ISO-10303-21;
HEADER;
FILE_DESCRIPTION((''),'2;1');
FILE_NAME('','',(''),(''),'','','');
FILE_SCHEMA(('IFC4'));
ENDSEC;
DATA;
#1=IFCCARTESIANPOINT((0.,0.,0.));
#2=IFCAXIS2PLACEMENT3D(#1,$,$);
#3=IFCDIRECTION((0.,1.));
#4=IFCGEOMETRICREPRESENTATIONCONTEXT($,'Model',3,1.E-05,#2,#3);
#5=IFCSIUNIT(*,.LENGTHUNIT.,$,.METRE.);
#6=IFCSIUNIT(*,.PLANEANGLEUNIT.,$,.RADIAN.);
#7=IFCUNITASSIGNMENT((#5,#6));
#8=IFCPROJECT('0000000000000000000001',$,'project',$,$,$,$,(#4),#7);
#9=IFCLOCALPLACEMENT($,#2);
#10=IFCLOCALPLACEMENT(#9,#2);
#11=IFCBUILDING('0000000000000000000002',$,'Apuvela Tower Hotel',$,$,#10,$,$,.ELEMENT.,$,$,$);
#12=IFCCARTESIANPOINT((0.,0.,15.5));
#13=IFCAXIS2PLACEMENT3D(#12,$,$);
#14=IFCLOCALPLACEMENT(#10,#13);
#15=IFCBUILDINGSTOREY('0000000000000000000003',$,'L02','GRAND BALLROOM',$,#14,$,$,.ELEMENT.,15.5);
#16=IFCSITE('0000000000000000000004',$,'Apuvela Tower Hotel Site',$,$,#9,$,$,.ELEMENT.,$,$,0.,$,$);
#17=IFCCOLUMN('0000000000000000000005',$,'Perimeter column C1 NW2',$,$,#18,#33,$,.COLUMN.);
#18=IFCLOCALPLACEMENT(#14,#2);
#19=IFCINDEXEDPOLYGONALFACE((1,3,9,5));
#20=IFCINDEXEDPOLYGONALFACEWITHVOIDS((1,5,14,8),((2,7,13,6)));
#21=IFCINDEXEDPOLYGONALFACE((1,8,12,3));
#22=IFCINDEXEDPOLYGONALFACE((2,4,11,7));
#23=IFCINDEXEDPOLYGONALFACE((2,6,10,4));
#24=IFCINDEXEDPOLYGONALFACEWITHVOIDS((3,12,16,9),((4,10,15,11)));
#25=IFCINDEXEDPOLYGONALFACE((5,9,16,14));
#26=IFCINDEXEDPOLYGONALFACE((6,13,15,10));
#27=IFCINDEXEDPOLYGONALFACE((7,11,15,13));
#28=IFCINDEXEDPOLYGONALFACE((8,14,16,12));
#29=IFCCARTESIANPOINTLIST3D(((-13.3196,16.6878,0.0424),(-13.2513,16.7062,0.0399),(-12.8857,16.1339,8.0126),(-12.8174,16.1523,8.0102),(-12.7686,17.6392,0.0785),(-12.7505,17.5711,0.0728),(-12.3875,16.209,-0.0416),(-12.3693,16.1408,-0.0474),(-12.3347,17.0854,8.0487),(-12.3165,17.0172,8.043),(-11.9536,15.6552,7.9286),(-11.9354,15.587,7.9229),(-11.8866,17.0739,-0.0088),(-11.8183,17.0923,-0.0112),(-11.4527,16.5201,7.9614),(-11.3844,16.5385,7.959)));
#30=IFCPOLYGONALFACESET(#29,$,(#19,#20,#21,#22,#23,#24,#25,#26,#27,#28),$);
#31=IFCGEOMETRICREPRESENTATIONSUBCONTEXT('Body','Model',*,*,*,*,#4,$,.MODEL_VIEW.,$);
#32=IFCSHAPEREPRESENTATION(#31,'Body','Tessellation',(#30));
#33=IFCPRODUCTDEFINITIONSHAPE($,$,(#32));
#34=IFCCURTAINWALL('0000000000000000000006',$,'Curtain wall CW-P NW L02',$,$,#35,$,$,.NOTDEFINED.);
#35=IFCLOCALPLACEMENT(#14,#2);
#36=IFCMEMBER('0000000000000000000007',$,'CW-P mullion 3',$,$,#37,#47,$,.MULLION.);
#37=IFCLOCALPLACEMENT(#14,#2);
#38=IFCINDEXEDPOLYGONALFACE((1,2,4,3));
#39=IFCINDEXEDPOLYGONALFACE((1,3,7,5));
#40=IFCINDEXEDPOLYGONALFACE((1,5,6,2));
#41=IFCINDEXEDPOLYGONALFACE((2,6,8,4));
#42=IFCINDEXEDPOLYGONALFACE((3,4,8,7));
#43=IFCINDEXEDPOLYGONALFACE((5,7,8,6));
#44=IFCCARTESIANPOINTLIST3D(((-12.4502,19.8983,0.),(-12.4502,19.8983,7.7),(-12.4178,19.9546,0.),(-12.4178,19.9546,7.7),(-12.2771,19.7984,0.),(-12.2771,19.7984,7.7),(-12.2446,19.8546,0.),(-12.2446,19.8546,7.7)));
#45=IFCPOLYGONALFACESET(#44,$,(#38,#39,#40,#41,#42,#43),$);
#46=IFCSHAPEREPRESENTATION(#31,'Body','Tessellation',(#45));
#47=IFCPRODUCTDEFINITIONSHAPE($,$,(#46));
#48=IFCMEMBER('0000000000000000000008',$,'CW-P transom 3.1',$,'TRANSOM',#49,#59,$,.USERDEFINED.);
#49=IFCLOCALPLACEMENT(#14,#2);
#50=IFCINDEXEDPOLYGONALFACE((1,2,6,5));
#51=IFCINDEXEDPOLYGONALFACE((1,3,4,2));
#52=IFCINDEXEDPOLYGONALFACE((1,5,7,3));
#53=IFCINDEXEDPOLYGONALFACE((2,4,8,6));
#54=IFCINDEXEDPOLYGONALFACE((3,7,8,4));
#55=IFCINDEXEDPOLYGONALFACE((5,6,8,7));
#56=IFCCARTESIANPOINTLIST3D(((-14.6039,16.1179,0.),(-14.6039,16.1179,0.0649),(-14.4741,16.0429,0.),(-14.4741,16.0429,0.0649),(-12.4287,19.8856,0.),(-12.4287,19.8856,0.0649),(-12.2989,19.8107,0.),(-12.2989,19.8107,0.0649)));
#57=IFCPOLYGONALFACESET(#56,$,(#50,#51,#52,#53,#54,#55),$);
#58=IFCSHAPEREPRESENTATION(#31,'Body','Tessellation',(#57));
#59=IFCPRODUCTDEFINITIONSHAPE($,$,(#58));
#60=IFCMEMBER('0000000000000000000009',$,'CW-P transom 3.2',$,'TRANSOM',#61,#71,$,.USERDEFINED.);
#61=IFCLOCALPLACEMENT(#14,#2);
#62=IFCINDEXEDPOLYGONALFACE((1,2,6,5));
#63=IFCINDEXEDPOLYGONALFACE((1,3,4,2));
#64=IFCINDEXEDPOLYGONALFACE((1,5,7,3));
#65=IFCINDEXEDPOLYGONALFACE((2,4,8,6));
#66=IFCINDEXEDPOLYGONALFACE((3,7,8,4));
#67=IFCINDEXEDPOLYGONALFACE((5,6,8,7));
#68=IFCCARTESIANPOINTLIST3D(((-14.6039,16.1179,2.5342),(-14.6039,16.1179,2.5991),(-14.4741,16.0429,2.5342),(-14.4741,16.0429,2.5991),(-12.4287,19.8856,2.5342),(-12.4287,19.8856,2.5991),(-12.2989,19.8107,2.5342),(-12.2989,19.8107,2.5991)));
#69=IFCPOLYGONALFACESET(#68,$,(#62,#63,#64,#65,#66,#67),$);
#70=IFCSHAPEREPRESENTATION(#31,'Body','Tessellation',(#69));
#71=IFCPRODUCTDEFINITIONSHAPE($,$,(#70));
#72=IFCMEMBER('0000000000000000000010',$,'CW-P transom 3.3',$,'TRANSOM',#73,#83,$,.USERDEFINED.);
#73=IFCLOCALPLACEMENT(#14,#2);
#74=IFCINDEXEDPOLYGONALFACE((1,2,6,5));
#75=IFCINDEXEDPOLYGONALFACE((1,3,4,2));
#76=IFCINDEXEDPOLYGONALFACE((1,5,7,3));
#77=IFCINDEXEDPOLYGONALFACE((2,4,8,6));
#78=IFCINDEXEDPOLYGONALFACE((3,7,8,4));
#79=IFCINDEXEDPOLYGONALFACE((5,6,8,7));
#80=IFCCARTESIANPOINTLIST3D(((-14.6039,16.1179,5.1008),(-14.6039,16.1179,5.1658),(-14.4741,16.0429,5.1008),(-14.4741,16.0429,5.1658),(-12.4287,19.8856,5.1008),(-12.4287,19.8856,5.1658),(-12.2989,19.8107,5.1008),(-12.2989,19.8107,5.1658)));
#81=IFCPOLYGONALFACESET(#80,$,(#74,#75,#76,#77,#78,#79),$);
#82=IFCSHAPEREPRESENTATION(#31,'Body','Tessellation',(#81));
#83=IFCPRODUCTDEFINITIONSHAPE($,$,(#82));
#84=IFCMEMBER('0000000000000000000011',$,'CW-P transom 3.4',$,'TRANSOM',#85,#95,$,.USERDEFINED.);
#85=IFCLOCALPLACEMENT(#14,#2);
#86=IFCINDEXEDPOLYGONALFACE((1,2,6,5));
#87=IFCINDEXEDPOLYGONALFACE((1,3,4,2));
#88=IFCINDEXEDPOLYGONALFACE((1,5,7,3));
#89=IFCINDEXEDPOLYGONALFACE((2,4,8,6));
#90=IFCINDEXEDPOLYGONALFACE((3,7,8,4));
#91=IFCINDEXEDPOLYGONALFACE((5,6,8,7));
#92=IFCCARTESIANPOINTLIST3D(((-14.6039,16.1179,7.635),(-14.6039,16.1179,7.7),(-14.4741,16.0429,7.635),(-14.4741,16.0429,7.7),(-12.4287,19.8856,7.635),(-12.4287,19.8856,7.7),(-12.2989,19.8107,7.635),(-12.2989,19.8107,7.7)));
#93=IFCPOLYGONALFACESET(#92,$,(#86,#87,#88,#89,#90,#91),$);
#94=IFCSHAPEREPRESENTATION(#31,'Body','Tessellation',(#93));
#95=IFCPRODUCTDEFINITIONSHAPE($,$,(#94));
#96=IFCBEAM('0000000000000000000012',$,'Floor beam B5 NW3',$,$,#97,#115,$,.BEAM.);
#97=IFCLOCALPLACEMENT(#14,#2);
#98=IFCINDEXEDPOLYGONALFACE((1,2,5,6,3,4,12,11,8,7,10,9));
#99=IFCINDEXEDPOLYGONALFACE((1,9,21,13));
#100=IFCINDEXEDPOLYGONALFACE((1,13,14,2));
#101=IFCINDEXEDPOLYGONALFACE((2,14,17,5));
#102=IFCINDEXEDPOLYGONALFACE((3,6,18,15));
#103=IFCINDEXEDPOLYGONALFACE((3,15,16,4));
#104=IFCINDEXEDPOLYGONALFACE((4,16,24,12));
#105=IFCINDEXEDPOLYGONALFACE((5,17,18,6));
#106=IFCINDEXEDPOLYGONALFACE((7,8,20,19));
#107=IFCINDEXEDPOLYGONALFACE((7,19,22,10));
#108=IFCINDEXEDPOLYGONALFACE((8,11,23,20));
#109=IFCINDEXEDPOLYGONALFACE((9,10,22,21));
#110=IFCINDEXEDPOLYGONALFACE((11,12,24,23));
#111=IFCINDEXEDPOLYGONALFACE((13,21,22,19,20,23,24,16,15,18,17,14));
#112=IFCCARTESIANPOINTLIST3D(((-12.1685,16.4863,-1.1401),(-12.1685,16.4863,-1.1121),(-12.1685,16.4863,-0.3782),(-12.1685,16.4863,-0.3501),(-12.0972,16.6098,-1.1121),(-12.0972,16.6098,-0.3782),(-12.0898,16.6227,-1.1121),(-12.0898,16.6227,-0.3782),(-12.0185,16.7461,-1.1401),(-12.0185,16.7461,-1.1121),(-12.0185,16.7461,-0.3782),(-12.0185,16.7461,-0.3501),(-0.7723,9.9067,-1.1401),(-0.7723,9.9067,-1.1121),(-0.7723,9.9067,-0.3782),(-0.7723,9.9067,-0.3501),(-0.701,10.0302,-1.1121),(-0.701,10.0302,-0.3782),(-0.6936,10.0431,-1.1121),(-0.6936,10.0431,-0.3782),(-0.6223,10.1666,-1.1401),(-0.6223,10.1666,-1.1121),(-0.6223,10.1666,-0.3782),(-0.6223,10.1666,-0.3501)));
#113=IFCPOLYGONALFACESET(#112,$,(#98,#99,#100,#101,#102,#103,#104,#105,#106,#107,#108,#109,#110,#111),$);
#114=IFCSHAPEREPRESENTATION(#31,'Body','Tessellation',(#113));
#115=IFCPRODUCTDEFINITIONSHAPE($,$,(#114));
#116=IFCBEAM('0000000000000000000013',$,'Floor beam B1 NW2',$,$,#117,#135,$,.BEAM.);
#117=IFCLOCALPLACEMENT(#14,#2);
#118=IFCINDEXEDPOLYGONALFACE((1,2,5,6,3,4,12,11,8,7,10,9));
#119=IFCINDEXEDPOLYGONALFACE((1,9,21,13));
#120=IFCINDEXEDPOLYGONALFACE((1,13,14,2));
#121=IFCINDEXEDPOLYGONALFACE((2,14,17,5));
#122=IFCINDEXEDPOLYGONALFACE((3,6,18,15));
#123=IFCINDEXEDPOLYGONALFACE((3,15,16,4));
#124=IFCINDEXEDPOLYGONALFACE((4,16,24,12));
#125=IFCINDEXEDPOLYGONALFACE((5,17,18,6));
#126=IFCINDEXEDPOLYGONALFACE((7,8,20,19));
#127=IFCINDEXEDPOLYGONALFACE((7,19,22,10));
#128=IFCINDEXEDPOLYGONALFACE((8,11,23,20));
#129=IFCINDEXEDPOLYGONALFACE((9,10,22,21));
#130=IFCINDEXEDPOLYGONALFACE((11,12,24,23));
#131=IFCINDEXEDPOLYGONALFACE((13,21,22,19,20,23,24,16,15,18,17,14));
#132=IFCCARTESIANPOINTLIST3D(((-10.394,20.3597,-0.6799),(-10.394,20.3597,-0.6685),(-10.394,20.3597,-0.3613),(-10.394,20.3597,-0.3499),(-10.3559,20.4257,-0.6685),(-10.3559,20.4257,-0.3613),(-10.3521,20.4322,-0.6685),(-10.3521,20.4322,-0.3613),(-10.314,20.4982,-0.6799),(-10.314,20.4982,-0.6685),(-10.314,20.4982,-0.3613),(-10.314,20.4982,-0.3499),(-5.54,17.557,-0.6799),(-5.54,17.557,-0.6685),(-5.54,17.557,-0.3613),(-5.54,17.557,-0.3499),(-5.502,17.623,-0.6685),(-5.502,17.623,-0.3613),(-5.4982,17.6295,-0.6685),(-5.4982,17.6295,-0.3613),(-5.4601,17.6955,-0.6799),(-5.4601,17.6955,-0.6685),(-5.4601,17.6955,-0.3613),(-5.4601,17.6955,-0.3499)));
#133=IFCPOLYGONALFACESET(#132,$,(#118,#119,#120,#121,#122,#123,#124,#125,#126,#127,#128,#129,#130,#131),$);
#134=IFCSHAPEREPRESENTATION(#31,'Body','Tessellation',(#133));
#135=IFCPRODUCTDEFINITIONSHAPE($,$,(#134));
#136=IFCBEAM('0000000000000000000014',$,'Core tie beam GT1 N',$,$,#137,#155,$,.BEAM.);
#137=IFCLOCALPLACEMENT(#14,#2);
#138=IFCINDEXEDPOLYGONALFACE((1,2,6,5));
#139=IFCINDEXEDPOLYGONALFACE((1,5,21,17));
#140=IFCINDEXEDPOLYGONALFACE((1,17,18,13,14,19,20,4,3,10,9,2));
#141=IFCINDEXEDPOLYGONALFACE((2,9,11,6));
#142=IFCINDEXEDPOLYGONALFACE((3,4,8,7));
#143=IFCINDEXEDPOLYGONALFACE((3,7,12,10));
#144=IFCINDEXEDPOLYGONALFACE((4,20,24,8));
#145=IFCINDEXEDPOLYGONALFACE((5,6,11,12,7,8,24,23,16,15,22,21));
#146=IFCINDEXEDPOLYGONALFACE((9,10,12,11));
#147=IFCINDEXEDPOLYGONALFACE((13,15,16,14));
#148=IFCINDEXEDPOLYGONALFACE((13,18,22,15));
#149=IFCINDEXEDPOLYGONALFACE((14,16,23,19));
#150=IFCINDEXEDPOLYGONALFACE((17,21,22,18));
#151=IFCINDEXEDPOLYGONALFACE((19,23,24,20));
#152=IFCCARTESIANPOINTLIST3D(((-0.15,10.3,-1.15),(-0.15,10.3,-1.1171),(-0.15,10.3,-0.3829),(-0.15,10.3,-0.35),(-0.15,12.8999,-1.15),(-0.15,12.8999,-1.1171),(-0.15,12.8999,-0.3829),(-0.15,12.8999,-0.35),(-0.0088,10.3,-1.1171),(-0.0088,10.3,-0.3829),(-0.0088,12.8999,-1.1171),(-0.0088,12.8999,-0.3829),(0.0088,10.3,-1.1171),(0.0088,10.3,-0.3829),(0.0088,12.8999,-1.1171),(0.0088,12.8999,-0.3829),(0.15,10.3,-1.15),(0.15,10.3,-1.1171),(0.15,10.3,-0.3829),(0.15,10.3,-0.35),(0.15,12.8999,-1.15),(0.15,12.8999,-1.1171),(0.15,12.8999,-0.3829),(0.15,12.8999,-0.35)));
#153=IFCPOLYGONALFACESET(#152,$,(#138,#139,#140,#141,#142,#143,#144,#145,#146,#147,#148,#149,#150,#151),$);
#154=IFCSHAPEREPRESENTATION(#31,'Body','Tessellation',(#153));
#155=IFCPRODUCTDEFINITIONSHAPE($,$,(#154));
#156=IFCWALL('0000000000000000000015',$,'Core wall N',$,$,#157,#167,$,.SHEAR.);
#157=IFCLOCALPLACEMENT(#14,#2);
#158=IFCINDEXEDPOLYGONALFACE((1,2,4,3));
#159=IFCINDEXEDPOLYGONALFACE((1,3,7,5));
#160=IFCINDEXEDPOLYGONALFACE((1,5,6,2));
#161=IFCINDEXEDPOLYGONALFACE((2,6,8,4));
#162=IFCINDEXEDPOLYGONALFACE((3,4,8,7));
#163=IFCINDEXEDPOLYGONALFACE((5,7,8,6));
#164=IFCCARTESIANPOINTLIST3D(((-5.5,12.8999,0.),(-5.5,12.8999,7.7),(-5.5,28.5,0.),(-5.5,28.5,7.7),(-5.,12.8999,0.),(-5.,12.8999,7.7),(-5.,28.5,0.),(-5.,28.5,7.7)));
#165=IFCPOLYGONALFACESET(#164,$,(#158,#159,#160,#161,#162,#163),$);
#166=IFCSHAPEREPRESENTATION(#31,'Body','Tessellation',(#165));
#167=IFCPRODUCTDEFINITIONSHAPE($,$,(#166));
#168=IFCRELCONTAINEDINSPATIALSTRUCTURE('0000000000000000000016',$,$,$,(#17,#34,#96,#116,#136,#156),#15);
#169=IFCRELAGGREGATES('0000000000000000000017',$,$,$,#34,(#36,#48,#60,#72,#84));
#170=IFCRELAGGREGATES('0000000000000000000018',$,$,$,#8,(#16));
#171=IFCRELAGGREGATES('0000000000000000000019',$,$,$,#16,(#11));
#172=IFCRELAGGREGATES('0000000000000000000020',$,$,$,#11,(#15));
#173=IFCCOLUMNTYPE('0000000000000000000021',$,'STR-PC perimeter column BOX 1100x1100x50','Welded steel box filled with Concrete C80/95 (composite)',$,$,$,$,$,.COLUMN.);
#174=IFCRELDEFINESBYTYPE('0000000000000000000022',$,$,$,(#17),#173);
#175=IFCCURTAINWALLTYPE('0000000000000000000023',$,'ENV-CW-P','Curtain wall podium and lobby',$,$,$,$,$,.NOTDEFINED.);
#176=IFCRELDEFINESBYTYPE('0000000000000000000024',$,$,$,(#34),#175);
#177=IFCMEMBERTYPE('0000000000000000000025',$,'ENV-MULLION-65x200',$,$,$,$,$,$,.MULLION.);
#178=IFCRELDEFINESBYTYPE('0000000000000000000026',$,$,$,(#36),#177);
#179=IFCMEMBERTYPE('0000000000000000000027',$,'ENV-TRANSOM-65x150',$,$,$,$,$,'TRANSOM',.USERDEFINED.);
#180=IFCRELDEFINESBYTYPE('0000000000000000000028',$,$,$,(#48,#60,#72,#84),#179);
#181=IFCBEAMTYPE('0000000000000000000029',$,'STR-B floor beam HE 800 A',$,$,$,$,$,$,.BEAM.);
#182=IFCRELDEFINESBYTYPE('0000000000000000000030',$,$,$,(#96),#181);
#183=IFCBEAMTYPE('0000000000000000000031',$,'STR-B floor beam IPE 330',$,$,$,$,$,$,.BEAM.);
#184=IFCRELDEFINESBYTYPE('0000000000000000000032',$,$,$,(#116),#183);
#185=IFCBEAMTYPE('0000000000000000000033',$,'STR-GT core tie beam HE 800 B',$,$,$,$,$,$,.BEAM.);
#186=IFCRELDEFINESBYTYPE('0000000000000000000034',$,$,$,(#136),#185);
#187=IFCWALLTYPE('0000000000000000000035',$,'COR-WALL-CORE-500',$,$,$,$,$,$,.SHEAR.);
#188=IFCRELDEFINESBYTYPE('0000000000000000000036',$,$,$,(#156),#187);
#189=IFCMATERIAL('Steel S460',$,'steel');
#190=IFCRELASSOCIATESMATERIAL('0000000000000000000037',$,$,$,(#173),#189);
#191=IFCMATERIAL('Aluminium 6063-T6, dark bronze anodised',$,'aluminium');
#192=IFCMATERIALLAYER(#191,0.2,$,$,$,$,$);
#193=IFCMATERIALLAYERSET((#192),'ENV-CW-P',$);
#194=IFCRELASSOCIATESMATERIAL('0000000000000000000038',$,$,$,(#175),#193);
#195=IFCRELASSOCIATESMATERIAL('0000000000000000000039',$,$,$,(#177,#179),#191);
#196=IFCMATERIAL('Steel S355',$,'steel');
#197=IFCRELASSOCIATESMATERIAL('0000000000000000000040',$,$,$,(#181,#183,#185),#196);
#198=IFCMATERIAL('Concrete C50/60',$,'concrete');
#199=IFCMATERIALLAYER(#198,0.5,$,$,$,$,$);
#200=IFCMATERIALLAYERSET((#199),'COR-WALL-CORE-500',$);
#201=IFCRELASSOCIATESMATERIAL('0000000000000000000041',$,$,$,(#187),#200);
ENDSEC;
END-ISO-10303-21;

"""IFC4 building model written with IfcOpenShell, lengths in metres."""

from ifc_helpers import new_model, si_unit, direction, frame, frame_2d, origin, origin_2d, place, context, subcontext, project, spatial, rectangle, hollow_rectangle, i_section, extrude, boolean, halfspace, material, layer, layer_set, material_profile, profile_set, type_object, element, aggregate, save


model = new_model("IFC4")

# Units and contexts
model_context = context("Model", 3, precision=1e-05, world=origin(), true_north=direction((0.0, 1.0)))
body_context = subcontext(model_context, "Body", "Model", "MODEL_VIEW")
ifc_project = project(units=[si_unit("LENGTHUNIT", "METRE"), si_unit("PLANEANGLEUNIT", "RADIAN")], contexts=[model_context])

# Site, building, storey
site_placement = place(None, origin())
site = spatial("IfcSite", under=ifc_project, at=site_placement, Name="Apuvela Tower Hotel Site", CompositionType="ELEMENT", RefElevation=0.0)
building_placement = place(site_placement, origin())
building = spatial("IfcBuilding", under=site, at=building_placement, Name="Apuvela Tower Hotel", CompositionType="ELEMENT")
storey_placement = place(building_placement, frame((0.0, 0.0, 15.5)))
storey = spatial("IfcBuildingStorey", under=building, at=storey_placement, Name="L02", Description="GRAND BALLROOM", CompositionType="ELEMENT", Elevation=15.5)

# Column
ifc_material_1 = material(Name="Steel S460", Category="steel")
ifc_material_profile_1 = material_profile(ifc_material_1, hollow_rectangle(XDim=1.1001, YDim=1.1001, WallThickness=0.05, at=origin_2d()), Name="BOX 1100x1100x50")
ifc_material_2 = material(Name="Concrete C80/95", Category="concrete")
ifc_material_profile_2 = material_profile(ifc_material_2, rectangle(XDim=1.0, YDim=1.0, at=origin_2d()), Name="Concrete C80/95 infill")
ifc_profile_set_1 = profile_set([ifc_material_profile_1, ifc_material_profile_2], Name="Steel S460")
column_type = type_object("IfcColumnType", Name="STR-PC perimeter column BOX 1100x1100x50", Description="Welded steel box filled with Concrete C80/95 (composite)", PredefinedType="COLUMN", material=ifc_profile_set_1)
column_placement = place(storey_placement, frame((-12.5698, 16.8911, 0.0), z_axis=(0.054232, -0.069219, 0.996126), x_axis=(0.500873, 0.864898, 0.032831)))
element("IfcColumn", 1, at=column_placement, inside=storey, type_object=column_type, Name="Perimeter column C1 NW2", PredefinedType="COLUMN", context=body_context, shape_type="SweptSolid", body=[
    boolean("DIFFERENCE", boolean("DIFFERENCE", extrude(hollow_rectangle(XDim=1.1001, YDim=1.1001, WallThickness=0.05, at=origin_2d()), origin(), (0.0, 0.0, 1.0), 8.031), halfspace(frame((0.0, 0.0, 0.0156), z_axis=(0.0, 0.0, 1.0), x_axis=(1.0, 0.0, 0.0)), True)), halfspace(frame((0.0, 0.0, 8.0168), z_axis=(0.0, 0.0, 1.0), x_axis=(1.0, 0.0, 0.0)), False)),
])

# Curtain wall, members
ifc_material_3 = material(Name="Aluminium 6063-T6, dark bronze anodised", Category="aluminium")
ifc_layer_1 = layer(ifc_material_3, 0.2)
ifc_layer_set_1 = layer_set([ifc_layer_1], Name="ENV-CW-P")
curtain_wall_type = type_object("IfcCurtainWallType", Name="ENV-CW-P", Description="Curtain wall podium and lobby", PredefinedType="NOTDEFINED", material=ifc_layer_set_1)
curtain_wall_placement = place(storey_placement, origin())
curtain_wall = element("IfcCurtainWall", 2, at=curtain_wall_placement, inside=storey, type_object=curtain_wall_type, Name="Curtain wall CW-P NW L02", PredefinedType="NOTDEFINED")
ifc_material_profile_3 = material_profile(ifc_material_3, rectangle(XDim=0.2, YDim=0.0649, at=origin_2d()), Name="AL 65x200")
ifc_profile_set_2 = profile_set([ifc_material_profile_3], Name="Aluminium 6063-T6, dark bronze anodised")
member_type_1 = type_object("IfcMemberType", Name="ENV-MULLION-65x200", PredefinedType="MULLION", material=ifc_profile_set_2)
member_1_placement = place(storey_placement, frame((-12.3474, 19.8765, 0.0), z_axis=(0.0, 0.0, 1.0), x_axis=(0.866025, -0.500001, 0.0)))
member_1 = element("IfcMember", 3, at=member_1_placement, type_object=member_type_1, Name="CW-P mullion 3", PredefinedType="MULLION", context=body_context, shape_type="SweptSolid", body=[
    extrude(rectangle(XDim=0.2, YDim=0.0649, at=origin_2d()), origin(), (0.0, 0.0, 1.0), 7.7),
])
ifc_material_profile_4 = material_profile(ifc_material_3, rectangle(XDim=0.1499, YDim=0.0649, at=origin_2d()), Name="AL 65x150 transom")
ifc_profile_set_3 = profile_set([ifc_material_profile_4], Name="Aluminium 6063-T6, dark bronze anodised")
member_type_2 = type_object("IfcMemberType", Name="ENV-TRANSOM-65x150", ElementType="TRANSOM", PredefinedType="USERDEFINED", material=ifc_profile_set_3)
member_2_placement = place(storey_placement, frame((-12.3638, 19.8481, 0.0325), z_axis=(-0.49999, -0.866031, 0.0), x_axis=(0.866031, -0.49999, 0.0)))
member_2 = element("IfcMember", 4, at=member_2_placement, type_object=member_type_2, Name="CW-P transom 3.1", ObjectType="TRANSOM", PredefinedType="USERDEFINED", context=body_context, shape_type="SweptSolid", body=[
    extrude(rectangle(XDim=0.1499, YDim=0.0649, at=origin_2d()), origin(), (0.0, 0.0, 1.0), 4.3506),
])
member_3_placement = place(storey_placement, frame((-12.3638, 19.8481, 2.5667), z_axis=(-0.49999, -0.866031, 0.0), x_axis=(0.866031, -0.49999, 0.0)))
member_3 = element("IfcMember", 5, at=member_3_placement, type_object=member_type_2, Name="CW-P transom 3.2", ObjectType="TRANSOM", PredefinedType="USERDEFINED", context=body_context, shape_type="SweptSolid", body=[
    extrude(rectangle(XDim=0.1499, YDim=0.0649, at=origin_2d()), origin(), (0.0, 0.0, 1.0), 4.3506),
])
member_4_placement = place(storey_placement, frame((-12.3638, 19.8481, 5.1333), z_axis=(-0.49999, -0.866031, 0.0), x_axis=(0.866031, -0.49999, 0.0)))
member_4 = element("IfcMember", 6, at=member_4_placement, type_object=member_type_2, Name="CW-P transom 3.3", ObjectType="TRANSOM", PredefinedType="USERDEFINED", context=body_context, shape_type="SweptSolid", body=[
    extrude(rectangle(XDim=0.1499, YDim=0.0649, at=origin_2d()), origin(), (0.0, 0.0, 1.0), 4.3506),
])
member_5_placement = place(storey_placement, frame((-12.3638, 19.8481, 7.6675), z_axis=(-0.49999, -0.866031, 0.0), x_axis=(0.866031, -0.49999, 0.0)))
member_5 = element("IfcMember", 7, at=member_5_placement, type_object=member_type_2, Name="CW-P transom 3.4", ObjectType="TRANSOM", PredefinedType="USERDEFINED", context=body_context, shape_type="SweptSolid", body=[
    extrude(rectangle(XDim=0.1499, YDim=0.0649, at=origin_2d()), origin(), (0.0, 0.0, 1.0), 4.3506),
])
aggregate(curtain_wall, [member_1, member_2, member_3, member_4, member_5])

# Beams
ifc_material_4 = material(Name="Steel S355", Category="steel")
ifc_material_profile_5 = material_profile(ifc_material_4, i_section(OverallWidth=0.3, OverallDepth=0.79, WebThickness=0.0149, FlangeThickness=0.0281, at=origin_2d()), Name="HE 800 A")
ifc_profile_set_4 = profile_set([ifc_material_profile_5], Name="Steel S355")
beam_type_1 = type_object("IfcBeamType", Name="STR-B floor beam HE 800 A", PredefinedType="BEAM", material=ifc_profile_set_4)
beam_1_placement = place(storey_placement, frame((-12.0935, 16.6162, -0.7451), z_axis=(0.866026, -0.499998, 0.0), x_axis=(0.499998, 0.866026, 0.0)))
element("IfcBeam", 8, at=beam_1_placement, inside=storey, type_object=beam_type_1, Name="Floor beam B5 NW3", PredefinedType="BEAM", context=body_context, shape_type="SweptSolid", body=[
    extrude(i_section(OverallWidth=0.3, OverallDepth=0.79, WebThickness=0.0149, FlangeThickness=0.0281, at=origin_2d()), origin(), (0.0, 0.0, 1.0), 13.1592),
])
ifc_material_profile_6 = material_profile(ifc_material_4, i_section(OverallWidth=0.1599, OverallDepth=0.3301, WebThickness=0.0076, FlangeThickness=0.0115, at=origin_2d()), Name="IPE 330")
ifc_profile_set_5 = profile_set([ifc_material_profile_6], Name="Steel S355")
beam_type_2 = type_object("IfcBeamType", Name="STR-B floor beam IPE 330", PredefinedType="BEAM", material=ifc_profile_set_5)
beam_2_placement = place(storey_placement, frame((-10.354, 20.429, -0.5149), z_axis=(0.866004, -0.500037, 0.0), x_axis=(0.500037, 0.866004, 0.0)))
element("IfcBeam", 9, at=beam_2_placement, inside=storey, type_object=beam_type_2, Name="Floor beam B1 NW2", PredefinedType="BEAM", context=body_context, shape_type="SweptSolid", body=[
    extrude(i_section(OverallWidth=0.1599, OverallDepth=0.3301, WebThickness=0.0076, FlangeThickness=0.0115, at=origin_2d()), origin(), (0.0, 0.0, 1.0), 5.605),
])
ifc_material_profile_7 = material_profile(ifc_material_4, i_section(OverallWidth=0.3, OverallDepth=0.8, WebThickness=0.0176, FlangeThickness=0.033, at=origin_2d()), Name="HE 800 B")
ifc_profile_set_6 = profile_set([ifc_material_profile_7], Name="Steel S355")
beam_type_3 = type_object("IfcBeamType", Name="STR-GT core tie beam HE 800 B", PredefinedType="BEAM", material=ifc_profile_set_6)
beam_3_placement = place(storey_placement, frame((0.0, 12.8999, -0.75), z_axis=(0.0, -1.0, 0.0), x_axis=(1.0, 0.0, 0.0)))
element("IfcBeam", 10, at=beam_3_placement, inside=storey, type_object=beam_type_3, Name="Core tie beam GT1 N", PredefinedType="BEAM", context=body_context, shape_type="SweptSolid", body=[
    extrude(i_section(OverallWidth=0.3, OverallDepth=0.8, WebThickness=0.0176, FlangeThickness=0.033, at=origin_2d()), origin(), (0.0, 0.0, 1.0), 2.5999),
])

# Wall
ifc_material_5 = material(Name="Concrete C50/60", Category="concrete")
ifc_layer_2 = layer(ifc_material_5, 0.5)
ifc_layer_set_2 = layer_set([ifc_layer_2], Name="COR-WALL-CORE-500")
wall_type_1 = type_object("IfcWallType", Name="COR-WALL-CORE-500", PredefinedType="SHEAR", material=ifc_layer_set_2)
wall_1_placement = place(storey_placement, frame((-5.25, 12.8999, 0.0), z_axis=(0.0, 0.0, 1.0), x_axis=(0.0, 1.0, 0.0)))
element("IfcWall", 11, at=wall_1_placement, inside=storey, type_object=wall_type_1, Name="Core wall N", PredefinedType="SHEAR", context=body_context, shape_type="SweptSolid", body=[
    extrude(rectangle(XDim=15.6001, YDim=0.5, at=frame_2d((7.8, 0.0))), origin(), (0.0, 0.0, 1.0), 7.7),
])

save(model, "model.ifc")
